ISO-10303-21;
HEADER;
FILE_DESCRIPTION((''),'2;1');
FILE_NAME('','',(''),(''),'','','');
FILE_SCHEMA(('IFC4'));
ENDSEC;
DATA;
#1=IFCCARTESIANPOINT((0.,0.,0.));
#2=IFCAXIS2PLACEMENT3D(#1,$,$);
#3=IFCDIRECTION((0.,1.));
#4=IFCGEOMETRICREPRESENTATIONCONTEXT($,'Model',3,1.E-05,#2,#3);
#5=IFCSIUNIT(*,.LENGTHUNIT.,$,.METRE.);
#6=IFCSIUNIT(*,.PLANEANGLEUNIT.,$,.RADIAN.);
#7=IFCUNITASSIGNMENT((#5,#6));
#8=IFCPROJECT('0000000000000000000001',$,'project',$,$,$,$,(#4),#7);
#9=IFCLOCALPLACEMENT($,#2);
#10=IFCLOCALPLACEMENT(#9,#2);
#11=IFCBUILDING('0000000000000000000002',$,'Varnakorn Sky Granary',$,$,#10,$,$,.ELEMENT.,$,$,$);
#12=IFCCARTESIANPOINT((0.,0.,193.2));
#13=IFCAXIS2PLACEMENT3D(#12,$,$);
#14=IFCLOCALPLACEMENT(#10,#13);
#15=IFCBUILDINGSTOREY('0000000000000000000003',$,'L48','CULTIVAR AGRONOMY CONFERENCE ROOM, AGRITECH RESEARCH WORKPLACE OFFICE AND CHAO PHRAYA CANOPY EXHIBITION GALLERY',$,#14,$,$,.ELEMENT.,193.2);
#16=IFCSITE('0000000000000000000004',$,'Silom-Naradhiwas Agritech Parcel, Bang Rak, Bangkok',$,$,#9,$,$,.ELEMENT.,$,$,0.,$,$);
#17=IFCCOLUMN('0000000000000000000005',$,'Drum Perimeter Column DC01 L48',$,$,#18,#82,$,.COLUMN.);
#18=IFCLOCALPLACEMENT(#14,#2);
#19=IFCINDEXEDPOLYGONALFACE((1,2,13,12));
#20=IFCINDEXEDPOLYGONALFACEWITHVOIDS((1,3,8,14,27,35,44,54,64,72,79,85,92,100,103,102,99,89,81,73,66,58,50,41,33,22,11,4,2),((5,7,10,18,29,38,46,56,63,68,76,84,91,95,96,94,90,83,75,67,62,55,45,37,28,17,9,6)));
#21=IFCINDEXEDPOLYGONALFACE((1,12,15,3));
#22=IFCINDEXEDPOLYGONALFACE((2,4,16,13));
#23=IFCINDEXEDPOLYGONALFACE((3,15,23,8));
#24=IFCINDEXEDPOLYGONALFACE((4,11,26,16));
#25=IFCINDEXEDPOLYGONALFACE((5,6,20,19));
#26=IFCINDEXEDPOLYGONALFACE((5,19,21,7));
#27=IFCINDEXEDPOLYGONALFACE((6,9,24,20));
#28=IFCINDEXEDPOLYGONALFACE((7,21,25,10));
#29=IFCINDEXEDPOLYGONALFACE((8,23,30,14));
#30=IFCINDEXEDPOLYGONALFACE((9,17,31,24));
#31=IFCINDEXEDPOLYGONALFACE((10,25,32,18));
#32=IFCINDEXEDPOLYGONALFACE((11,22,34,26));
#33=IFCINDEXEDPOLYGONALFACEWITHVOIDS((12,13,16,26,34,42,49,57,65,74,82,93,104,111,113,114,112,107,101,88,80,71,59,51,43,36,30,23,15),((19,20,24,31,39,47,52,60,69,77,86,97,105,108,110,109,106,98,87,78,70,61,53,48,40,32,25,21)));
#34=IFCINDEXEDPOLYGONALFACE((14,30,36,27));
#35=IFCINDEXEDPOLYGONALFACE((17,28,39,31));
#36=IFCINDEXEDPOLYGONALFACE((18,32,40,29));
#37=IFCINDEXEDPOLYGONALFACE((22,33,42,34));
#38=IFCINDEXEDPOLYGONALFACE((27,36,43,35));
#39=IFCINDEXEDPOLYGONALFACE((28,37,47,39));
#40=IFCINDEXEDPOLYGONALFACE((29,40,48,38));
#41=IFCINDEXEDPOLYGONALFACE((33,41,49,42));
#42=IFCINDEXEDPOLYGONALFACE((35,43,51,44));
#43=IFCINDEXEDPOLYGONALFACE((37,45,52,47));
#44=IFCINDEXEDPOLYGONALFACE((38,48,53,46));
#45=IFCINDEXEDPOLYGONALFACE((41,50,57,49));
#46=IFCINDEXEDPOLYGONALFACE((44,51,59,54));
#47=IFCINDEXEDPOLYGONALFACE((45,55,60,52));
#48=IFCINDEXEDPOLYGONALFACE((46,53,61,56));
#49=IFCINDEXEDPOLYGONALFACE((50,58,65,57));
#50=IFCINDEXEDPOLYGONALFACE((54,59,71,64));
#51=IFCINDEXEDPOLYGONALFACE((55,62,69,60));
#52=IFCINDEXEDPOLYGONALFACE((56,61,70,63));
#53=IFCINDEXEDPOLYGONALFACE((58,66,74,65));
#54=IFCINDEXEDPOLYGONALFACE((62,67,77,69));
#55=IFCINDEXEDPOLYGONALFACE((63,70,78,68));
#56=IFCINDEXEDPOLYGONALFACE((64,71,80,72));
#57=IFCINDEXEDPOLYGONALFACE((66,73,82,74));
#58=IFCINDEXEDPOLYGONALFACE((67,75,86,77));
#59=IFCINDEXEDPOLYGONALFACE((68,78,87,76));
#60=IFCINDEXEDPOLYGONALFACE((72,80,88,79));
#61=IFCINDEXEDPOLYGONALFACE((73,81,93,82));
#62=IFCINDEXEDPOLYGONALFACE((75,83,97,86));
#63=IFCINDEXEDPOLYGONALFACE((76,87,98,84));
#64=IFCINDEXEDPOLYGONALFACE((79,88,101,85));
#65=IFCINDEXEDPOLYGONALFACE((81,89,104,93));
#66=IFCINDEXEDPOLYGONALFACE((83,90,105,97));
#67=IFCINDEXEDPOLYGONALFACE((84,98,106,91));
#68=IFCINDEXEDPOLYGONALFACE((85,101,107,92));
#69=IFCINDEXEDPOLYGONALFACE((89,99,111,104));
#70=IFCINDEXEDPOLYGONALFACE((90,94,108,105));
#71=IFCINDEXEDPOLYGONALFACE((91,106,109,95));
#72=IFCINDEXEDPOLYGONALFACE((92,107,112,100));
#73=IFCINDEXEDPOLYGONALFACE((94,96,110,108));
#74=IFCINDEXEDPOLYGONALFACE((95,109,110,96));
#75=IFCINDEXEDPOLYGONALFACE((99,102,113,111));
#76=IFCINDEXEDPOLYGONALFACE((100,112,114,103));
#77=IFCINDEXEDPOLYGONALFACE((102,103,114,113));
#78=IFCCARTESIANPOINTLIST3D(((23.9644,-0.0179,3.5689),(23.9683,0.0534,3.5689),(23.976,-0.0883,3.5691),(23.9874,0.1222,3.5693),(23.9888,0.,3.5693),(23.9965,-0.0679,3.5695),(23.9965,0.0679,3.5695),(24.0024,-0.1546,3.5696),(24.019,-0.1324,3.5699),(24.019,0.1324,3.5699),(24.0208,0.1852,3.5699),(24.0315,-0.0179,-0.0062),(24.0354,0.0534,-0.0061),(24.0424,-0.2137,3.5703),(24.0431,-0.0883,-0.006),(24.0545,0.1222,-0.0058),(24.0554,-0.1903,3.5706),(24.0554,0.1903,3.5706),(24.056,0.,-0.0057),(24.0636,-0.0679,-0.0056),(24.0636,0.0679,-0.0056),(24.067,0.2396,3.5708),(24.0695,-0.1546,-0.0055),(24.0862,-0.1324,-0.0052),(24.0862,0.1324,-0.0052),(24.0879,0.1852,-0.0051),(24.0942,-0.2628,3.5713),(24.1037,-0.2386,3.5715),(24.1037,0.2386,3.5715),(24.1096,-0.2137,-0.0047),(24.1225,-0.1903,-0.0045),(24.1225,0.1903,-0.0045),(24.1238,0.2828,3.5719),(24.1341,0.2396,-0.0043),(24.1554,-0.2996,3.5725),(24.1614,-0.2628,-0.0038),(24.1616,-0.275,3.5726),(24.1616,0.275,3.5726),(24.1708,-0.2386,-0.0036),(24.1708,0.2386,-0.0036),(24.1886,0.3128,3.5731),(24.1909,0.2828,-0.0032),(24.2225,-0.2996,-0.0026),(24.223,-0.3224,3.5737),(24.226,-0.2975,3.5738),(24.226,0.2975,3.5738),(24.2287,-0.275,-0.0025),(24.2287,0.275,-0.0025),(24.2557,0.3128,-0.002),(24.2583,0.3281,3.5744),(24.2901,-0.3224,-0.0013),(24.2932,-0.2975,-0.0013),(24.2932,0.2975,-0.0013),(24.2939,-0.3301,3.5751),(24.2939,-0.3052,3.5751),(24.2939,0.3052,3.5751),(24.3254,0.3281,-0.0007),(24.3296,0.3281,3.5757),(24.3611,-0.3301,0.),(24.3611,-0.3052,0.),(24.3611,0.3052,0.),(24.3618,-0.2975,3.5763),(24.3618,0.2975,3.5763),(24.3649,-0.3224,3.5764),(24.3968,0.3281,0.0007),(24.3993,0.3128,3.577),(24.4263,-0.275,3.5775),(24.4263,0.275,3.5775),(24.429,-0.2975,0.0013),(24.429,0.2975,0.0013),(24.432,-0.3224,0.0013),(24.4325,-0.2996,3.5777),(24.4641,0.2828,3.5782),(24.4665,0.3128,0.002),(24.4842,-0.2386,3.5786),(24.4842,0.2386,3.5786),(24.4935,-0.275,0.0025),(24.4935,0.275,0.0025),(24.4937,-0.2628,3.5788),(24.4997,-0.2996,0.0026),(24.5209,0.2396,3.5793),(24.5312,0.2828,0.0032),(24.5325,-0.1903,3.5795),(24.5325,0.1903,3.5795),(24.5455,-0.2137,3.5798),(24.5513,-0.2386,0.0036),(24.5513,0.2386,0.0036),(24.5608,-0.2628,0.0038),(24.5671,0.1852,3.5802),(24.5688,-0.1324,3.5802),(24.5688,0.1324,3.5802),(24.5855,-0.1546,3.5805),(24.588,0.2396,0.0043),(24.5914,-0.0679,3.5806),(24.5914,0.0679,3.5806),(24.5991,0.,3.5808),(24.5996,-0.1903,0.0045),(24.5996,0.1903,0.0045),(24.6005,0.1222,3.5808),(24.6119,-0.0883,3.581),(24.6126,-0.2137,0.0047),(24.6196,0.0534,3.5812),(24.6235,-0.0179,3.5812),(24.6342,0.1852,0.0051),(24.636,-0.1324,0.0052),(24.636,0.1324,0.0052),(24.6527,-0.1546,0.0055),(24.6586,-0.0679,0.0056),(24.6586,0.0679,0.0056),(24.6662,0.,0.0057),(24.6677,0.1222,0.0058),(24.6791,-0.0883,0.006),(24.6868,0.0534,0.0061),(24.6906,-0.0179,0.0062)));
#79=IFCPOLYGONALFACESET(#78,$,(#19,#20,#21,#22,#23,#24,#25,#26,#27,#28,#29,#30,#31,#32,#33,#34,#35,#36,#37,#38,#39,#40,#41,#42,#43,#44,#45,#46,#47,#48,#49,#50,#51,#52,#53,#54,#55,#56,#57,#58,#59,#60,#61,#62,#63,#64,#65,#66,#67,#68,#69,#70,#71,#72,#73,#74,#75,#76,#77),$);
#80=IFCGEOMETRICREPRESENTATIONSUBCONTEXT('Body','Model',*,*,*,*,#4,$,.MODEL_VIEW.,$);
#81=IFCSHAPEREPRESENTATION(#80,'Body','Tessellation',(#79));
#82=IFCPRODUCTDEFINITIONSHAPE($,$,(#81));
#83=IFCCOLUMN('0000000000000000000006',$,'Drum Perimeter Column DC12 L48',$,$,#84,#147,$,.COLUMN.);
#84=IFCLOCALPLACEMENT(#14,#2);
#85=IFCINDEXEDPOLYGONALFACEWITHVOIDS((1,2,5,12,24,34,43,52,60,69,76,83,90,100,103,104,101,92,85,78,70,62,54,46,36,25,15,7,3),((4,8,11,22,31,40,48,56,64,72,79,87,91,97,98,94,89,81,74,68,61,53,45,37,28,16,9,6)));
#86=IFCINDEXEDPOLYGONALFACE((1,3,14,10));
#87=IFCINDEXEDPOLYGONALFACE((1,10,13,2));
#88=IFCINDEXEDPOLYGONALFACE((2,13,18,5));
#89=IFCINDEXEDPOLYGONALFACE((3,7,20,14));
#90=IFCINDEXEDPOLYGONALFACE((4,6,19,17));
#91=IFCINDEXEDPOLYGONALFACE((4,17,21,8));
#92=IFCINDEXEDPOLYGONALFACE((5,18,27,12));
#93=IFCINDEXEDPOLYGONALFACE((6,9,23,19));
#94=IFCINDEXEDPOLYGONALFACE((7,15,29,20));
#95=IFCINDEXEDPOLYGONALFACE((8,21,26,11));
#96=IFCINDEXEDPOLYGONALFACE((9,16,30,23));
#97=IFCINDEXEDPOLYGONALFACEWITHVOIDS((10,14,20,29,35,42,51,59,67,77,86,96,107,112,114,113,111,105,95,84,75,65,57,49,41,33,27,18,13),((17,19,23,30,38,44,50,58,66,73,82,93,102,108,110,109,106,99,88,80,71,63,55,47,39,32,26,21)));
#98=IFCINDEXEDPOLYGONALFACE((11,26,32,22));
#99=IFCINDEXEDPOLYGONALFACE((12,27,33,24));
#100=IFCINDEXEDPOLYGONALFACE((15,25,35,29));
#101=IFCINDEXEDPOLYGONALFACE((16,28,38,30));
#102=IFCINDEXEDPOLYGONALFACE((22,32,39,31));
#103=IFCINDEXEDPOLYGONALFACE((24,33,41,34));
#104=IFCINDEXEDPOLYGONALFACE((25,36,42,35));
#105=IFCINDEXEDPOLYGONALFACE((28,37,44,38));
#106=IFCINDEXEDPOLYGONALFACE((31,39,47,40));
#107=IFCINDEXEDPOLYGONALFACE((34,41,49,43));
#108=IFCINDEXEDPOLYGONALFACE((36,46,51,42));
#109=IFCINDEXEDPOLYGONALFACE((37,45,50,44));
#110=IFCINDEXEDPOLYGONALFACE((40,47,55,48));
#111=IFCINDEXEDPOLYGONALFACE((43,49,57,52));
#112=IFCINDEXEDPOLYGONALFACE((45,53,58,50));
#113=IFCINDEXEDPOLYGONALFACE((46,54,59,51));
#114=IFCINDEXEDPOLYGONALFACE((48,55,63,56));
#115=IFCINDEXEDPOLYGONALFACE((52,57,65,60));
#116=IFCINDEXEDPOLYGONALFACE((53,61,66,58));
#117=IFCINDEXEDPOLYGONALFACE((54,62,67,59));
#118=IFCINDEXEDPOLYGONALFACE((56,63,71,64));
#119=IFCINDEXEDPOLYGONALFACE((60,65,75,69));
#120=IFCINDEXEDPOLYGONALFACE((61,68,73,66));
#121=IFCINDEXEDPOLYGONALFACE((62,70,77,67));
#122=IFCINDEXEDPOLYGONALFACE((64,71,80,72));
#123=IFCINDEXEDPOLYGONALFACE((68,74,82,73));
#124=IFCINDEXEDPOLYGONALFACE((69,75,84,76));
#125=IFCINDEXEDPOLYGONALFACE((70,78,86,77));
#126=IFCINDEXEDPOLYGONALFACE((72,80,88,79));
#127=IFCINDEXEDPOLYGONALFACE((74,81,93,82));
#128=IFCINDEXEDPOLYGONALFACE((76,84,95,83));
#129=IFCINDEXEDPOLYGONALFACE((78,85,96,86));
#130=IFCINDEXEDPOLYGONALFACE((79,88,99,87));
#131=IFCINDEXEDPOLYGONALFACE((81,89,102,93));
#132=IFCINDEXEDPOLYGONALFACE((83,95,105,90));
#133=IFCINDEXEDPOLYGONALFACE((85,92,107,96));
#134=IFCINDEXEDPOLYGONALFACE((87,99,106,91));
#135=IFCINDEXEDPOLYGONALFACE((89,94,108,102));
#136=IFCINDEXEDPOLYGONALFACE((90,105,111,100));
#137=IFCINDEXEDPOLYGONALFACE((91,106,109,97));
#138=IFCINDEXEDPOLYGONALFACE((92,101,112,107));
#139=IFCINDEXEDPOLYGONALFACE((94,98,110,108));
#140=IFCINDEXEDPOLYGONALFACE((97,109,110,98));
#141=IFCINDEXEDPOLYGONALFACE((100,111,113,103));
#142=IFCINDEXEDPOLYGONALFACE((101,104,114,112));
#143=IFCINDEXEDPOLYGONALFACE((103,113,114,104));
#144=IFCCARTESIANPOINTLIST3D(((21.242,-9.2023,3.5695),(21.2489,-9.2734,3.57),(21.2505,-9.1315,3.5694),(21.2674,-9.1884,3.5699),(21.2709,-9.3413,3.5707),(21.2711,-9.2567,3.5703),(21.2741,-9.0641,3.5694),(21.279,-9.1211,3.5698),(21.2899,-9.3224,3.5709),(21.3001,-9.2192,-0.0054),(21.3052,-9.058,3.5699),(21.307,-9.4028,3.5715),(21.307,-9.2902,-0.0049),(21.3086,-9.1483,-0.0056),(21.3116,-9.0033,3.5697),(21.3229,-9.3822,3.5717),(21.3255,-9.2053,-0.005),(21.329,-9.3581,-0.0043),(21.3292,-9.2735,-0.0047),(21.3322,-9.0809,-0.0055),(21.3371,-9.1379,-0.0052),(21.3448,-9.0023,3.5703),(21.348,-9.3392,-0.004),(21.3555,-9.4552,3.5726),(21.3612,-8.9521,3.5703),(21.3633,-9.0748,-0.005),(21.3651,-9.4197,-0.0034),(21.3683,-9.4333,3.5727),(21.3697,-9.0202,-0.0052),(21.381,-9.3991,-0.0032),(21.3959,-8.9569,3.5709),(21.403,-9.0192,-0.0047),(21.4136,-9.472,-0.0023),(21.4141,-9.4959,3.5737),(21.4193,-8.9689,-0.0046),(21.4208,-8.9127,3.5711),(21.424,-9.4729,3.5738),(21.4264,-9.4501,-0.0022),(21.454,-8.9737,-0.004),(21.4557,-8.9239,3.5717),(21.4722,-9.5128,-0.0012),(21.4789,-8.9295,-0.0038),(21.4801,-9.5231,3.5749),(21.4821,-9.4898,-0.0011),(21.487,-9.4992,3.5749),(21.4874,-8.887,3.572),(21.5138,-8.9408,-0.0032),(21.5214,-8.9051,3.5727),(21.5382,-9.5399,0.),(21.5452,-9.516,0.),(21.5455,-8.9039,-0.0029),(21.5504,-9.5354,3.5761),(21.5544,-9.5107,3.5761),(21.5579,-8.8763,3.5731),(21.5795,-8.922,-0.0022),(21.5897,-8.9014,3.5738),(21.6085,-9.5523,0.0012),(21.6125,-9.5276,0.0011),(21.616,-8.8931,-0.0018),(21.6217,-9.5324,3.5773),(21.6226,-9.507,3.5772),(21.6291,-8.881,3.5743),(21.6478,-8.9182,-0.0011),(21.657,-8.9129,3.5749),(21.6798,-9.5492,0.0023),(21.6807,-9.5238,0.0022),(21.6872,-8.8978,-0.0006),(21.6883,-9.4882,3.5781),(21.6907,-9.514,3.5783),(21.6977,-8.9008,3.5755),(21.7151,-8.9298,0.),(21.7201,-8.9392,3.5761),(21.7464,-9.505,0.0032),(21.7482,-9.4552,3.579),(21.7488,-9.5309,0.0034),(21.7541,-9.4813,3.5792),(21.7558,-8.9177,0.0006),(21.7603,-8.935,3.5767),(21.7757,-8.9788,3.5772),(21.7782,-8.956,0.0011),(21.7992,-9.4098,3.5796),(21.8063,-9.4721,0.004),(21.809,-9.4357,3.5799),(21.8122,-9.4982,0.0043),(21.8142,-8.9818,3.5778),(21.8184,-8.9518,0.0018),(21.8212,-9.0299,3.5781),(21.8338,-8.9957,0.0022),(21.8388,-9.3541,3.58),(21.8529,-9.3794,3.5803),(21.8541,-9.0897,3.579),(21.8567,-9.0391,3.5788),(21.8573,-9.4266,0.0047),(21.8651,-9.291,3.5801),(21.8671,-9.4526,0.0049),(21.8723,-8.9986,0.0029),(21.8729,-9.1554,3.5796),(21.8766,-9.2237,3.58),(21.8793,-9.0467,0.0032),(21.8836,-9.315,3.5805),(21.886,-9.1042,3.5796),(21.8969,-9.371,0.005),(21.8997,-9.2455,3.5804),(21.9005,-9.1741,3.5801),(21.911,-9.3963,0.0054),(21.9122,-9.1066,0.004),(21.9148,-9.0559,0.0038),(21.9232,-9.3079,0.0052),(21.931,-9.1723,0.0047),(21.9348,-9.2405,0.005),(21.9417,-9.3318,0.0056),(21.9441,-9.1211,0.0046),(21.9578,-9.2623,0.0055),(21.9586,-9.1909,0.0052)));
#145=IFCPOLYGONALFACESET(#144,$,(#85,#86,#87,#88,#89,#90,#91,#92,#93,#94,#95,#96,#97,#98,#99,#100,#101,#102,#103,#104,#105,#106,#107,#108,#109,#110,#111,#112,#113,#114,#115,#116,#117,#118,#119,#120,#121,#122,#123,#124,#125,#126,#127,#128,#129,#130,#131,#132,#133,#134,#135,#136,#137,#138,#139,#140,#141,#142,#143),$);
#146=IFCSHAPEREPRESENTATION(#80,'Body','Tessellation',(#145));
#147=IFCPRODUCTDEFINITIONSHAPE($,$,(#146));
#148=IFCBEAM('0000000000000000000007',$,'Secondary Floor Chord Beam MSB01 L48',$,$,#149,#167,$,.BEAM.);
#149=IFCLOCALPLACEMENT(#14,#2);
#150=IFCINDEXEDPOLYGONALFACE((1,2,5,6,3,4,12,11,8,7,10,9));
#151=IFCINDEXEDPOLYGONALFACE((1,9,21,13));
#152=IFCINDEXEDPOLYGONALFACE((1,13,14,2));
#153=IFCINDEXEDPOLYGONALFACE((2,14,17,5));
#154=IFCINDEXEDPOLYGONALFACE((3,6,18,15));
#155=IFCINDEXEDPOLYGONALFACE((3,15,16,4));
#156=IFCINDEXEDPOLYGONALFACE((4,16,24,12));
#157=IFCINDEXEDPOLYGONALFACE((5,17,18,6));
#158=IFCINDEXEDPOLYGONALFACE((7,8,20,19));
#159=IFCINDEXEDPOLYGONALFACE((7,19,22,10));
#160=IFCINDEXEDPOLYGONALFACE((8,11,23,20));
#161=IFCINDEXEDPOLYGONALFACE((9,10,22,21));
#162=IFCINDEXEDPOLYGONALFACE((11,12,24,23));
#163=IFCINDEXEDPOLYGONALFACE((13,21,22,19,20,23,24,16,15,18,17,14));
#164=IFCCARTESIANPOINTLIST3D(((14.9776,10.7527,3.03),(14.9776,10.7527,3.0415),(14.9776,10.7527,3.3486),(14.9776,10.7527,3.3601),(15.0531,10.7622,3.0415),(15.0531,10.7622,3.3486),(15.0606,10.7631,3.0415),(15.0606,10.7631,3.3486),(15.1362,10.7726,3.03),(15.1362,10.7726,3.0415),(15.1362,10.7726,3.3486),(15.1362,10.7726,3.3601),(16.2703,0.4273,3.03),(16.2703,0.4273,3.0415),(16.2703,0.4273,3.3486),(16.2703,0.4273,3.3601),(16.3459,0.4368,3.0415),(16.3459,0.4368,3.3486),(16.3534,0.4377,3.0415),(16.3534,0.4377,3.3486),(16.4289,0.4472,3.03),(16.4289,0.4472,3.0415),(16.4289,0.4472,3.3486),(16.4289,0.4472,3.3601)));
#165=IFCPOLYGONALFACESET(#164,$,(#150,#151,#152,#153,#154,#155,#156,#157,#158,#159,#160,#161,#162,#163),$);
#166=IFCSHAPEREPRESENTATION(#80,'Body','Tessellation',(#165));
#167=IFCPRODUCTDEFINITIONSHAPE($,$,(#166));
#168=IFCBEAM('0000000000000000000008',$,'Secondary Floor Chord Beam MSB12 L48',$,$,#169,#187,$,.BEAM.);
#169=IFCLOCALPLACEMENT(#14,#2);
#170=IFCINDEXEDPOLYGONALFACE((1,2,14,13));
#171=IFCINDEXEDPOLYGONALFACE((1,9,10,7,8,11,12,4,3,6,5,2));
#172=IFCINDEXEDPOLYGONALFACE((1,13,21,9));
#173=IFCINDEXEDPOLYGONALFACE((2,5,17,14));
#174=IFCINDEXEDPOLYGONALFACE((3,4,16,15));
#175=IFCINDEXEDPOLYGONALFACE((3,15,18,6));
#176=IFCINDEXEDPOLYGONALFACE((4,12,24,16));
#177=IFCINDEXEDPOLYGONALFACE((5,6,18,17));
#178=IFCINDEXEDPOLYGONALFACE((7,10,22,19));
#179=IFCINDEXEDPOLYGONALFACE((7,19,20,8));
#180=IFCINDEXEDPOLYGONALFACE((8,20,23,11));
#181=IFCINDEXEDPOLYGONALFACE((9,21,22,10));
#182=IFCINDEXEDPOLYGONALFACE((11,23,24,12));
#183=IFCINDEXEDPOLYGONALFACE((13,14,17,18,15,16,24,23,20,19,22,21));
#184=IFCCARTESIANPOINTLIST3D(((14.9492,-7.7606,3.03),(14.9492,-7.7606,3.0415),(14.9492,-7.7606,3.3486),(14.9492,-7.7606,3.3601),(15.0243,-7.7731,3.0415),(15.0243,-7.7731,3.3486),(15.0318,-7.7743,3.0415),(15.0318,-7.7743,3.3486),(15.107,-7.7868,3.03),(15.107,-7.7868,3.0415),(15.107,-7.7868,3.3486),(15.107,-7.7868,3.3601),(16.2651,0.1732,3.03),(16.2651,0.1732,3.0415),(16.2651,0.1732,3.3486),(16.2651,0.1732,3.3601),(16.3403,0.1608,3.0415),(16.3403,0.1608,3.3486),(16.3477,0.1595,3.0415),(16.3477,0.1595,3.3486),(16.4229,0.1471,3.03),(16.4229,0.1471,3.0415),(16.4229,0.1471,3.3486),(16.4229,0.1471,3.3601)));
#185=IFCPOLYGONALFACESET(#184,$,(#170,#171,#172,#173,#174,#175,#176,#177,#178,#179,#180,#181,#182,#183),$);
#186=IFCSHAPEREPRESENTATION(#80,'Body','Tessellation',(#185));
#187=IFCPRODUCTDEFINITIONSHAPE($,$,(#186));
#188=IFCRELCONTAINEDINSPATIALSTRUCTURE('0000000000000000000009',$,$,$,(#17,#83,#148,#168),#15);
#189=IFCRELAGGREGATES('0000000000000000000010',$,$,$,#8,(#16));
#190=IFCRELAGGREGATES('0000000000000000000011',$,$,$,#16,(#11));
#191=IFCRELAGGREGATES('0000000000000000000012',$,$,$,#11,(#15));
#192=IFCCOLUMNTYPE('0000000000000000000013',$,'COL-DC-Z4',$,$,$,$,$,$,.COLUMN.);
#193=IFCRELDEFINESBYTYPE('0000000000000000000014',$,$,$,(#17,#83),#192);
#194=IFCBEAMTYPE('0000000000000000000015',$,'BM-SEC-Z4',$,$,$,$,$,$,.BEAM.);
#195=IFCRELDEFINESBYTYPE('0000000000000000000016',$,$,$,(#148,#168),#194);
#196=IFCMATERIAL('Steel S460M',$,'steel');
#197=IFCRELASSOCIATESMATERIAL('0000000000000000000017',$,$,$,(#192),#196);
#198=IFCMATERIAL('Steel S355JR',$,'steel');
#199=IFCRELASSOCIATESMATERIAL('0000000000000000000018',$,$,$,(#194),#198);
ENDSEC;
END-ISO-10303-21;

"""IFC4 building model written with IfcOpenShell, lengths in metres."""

from ifc_helpers import new_model, si_unit, direction, frame, origin, origin_2d, place, context, subcontext, project, spatial, hollow_circle, i_section, extrude, material, material_profile, profile_set, type_object, element, save


model = new_model("IFC4")

# Units and contexts
model_context = context("Model", 3, precision=1e-05, world=origin(), true_north=direction((0.0, 1.0)))
body_context = subcontext(model_context, "Body", "Model", "MODEL_VIEW")
ifc_project = project(units=[si_unit("LENGTHUNIT", "METRE"), si_unit("PLANEANGLEUNIT", "RADIAN")], contexts=[model_context])

# Site, building, storey
site_placement = place(None, origin())
site = spatial("IfcSite", under=ifc_project, at=site_placement, Name="Silom-Naradhiwas Agritech Parcel, Bang Rak, Bangkok", CompositionType="ELEMENT", RefElevation=0.0)
building_placement = place(site_placement, origin())
building = spatial("IfcBuilding", under=site, at=building_placement, Name="Varnakorn Sky Granary", CompositionType="ELEMENT")
storey_placement = place(building_placement, frame((0.0, 0.0, 193.2)))
storey = spatial("IfcBuildingStorey", under=building, at=storey_placement, Name="L48", Description="CULTIVAR AGRONOMY CONFERENCE ROOM, AGRITECH RESEARCH WORKPLACE OFFICE AND CHAO PHRAYA CANOPY EXHIBITION GALLERY", CompositionType="ELEMENT", Elevation=193.2)

# Columns
ifc_material_1 = material(Name="Steel S460M", Category="steel")
ifc_material_profile_1 = material_profile(ifc_material_1, hollow_circle(Radius=0.3301, WallThickness=0.0249, at=origin_2d()), Name="CHS 660x25")
ifc_profile_set_1 = profile_set([ifc_material_profile_1], Name="Steel S460M")
column_type = type_object("IfcColumnType", Name="COL-DC-Z4", PredefinedType="COLUMN", material=ifc_profile_set_1)
column_1_placement = place(storey_placement, frame((24.3611, 0.0, 0.0), z_axis=(-0.018777, 0.0, 0.999824), x_axis=(0.0, -1.0, 0.0)))
element("IfcColumn", 1, at=column_1_placement, inside=storey, type_object=column_type, Name="Drum Perimeter Column DC01 L48", PredefinedType="COLUMN", context=body_context, shape_type="SweptSolid", body=[
    extrude(hollow_circle(Radius=0.3301, WallThickness=0.0249, at=origin_2d()), origin(), (0.0, 0.0, 1.0), 3.5757),
])
column_2_placement = place(storey_placement, frame((21.6301, -9.2229, 0.0), z_axis=(-0.016251, 0.004711, 0.999857), x_axis=(-0.27845, -0.960451, 0.0)))
element("IfcColumn", 2, at=column_2_placement, inside=storey, type_object=column_type, Name="Drum Perimeter Column DC12 L48", PredefinedType="COLUMN", context=body_context, shape_type="SweptSolid", body=[
    extrude(hollow_circle(Radius=0.3301, WallThickness=0.0249, at=origin_2d()), origin(), (0.0, 0.0, 1.0), 3.5754),
])

# Beams
ifc_material_2 = material(Name="Steel S355JR", Category="steel")
ifc_material_profile_2 = material_profile(ifc_material_2, i_section(OverallWidth=0.1599, OverallDepth=0.3301, WebThickness=0.0076, FlangeThickness=0.0115, at=origin_2d()), Name="IPE 330")
ifc_profile_set_2 = profile_set([ifc_material_profile_2], Name="Steel S355JR")
beam_type_1 = type_object("IfcBeamType", Name="BM-SEC-Z4", PredefinedType="BEAM", material=ifc_profile_set_2)
beam_1_placement = place(storey_placement, frame((16.3496, 0.4373, 3.1951), z_axis=(-0.124228, 0.992254, 0.0), x_axis=(-0.992254, -0.124228, 0.0)))
element("IfcBeam", 3, at=beam_1_placement, inside=storey, type_object=beam_type_1, Name="Secondary Floor Chord Beam MSB01 L48", PredefinedType="BEAM", context=body_context, shape_type="SweptSolid", body=[
    extrude(i_section(OverallWidth=0.1599, OverallDepth=0.3301, WebThickness=0.0076, FlangeThickness=0.0115, at=origin_2d()), origin(), (0.0, 0.0, 1.0), 10.406),
])
beam_2_placement = place(storey_placement, frame((15.0281, -7.7737, 3.1951), z_axis=(0.163626, 0.986522, 0.0), x_axis=(-0.986522, 0.163626, 0.0)))
element("IfcBeam", 4, at=beam_2_placement, inside=storey, type_object=beam_type_1, Name="Secondary Floor Chord Beam MSB12 L48", PredefinedType="BEAM", context=body_context, shape_type="SweptSolid", body=[
    extrude(i_section(OverallWidth=0.1599, OverallDepth=0.3301, WebThickness=0.0076, FlangeThickness=0.0115, at=origin_2d()), origin(), (0.0, 0.0, 1.0), 8.0422),
])

save(model, "model.ifc")
